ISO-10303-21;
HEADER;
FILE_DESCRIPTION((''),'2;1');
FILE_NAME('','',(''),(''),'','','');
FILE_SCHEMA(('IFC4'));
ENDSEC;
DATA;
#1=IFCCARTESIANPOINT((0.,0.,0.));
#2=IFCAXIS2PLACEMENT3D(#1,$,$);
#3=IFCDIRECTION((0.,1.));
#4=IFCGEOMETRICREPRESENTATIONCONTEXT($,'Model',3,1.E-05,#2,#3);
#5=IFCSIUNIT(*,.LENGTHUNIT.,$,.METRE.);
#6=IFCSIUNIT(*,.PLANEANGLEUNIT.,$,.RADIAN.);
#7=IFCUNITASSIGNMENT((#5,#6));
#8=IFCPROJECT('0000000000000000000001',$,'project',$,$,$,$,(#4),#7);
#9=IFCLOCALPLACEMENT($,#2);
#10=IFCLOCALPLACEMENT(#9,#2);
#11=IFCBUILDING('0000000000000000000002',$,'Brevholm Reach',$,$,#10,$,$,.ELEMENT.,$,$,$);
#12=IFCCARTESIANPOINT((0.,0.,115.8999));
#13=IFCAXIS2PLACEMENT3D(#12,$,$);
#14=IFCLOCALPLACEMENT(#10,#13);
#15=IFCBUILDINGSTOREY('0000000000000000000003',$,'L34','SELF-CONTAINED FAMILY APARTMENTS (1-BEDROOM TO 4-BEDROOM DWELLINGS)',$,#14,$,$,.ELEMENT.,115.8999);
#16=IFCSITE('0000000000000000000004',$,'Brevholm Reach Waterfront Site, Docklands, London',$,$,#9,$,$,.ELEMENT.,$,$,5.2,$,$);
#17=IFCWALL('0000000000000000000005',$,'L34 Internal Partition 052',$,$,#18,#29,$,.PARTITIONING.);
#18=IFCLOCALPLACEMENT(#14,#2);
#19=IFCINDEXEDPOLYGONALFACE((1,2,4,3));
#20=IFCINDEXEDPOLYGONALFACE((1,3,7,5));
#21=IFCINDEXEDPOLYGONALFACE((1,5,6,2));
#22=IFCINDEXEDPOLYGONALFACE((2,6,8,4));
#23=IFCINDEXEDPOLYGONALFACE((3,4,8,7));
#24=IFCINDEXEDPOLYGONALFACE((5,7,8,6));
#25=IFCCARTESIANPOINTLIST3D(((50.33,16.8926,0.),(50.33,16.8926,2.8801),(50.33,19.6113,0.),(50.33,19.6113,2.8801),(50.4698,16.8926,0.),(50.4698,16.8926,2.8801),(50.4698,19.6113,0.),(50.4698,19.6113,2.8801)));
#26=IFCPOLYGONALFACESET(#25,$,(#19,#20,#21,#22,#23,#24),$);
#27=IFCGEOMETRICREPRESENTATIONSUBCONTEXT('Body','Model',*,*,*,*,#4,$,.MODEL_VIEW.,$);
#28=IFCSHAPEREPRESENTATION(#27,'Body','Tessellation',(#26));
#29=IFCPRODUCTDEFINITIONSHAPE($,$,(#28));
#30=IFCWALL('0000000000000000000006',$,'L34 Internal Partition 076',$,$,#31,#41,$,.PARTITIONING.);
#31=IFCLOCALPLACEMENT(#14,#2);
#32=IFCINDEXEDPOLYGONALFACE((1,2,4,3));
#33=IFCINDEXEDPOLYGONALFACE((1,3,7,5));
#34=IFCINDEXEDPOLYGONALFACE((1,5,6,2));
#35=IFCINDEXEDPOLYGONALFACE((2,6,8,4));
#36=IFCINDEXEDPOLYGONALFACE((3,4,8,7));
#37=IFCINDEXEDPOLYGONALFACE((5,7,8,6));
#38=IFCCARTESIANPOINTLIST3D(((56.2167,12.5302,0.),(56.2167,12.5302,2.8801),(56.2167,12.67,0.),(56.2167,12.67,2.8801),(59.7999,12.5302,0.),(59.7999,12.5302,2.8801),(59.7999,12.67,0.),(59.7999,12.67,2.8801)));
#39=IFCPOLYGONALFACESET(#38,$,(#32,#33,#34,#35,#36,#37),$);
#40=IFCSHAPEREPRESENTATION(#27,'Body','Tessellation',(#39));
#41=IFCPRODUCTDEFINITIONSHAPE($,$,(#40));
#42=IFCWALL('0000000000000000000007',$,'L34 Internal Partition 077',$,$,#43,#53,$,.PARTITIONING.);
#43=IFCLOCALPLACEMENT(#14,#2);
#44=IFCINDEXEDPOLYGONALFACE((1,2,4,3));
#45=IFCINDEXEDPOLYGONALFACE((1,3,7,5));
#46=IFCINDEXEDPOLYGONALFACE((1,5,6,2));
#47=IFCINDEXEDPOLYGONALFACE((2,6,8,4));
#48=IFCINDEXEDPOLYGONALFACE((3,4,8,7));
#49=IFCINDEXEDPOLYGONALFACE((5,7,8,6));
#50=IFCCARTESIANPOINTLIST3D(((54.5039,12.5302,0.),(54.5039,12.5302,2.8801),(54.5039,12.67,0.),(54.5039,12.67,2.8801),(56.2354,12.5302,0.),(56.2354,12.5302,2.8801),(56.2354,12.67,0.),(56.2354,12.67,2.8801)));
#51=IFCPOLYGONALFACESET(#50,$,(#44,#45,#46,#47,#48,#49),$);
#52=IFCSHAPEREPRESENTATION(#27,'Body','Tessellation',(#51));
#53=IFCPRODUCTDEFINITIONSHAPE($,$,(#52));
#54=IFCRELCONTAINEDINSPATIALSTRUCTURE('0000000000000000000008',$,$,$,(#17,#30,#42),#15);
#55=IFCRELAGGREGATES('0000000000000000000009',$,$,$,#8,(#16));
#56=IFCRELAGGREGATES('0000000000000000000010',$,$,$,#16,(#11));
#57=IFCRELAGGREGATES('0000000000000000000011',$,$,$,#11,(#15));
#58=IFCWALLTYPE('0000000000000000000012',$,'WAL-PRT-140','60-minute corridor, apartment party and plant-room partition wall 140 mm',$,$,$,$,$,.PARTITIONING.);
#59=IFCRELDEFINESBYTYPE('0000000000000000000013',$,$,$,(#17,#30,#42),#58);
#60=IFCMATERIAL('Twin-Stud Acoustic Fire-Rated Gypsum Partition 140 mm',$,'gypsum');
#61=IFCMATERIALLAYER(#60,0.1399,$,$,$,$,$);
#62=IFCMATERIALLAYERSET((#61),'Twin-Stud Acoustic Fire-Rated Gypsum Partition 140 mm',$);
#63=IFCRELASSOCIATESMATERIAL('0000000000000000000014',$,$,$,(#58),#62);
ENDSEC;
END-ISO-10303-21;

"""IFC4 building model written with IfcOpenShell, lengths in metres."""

from ifc_helpers import new_model, si_unit, direction, frame, frame_2d, origin, place, context, subcontext, project, spatial, rectangle, extrude, material, layer, layer_set, type_object, element, save


model = new_model("IFC4")

# Units and contexts
model_context = context("Model", 3, precision=1e-05, world=origin(), true_north=direction((0.0, 1.0)))
body_context = subcontext(model_context, "Body", "Model", "MODEL_VIEW")
ifc_project = project(units=[si_unit("LENGTHUNIT", "METRE"), si_unit("PLANEANGLEUNIT", "RADIAN")], contexts=[model_context])

# Site, building, storey
site_placement = place(None, origin())
site = spatial("IfcSite", under=ifc_project, at=site_placement, Name="Brevholm Reach Waterfront Site, Docklands, London", CompositionType="ELEMENT", RefElevation=5.2)
building_placement = place(site_placement, origin())
building = spatial("IfcBuilding", under=site, at=building_placement, Name="Brevholm Reach", CompositionType="ELEMENT")
storey_placement = place(building_placement, frame((0.0, 0.0, 115.8999)))
storey = spatial("IfcBuildingStorey", under=building, at=storey_placement, Name="L34", Description="SELF-CONTAINED FAMILY APARTMENTS (1-BEDROOM TO 4-BEDROOM DWELLINGS)", CompositionType="ELEMENT", Elevation=115.8999)

# Shared definitions
ifc_material_1 = material(Name="Twin-Stud Acoustic Fire-Rated Gypsum Partition 140 mm", Category="gypsum")
ifc_layer_1 = layer(ifc_material_1, 0.1399)
ifc_layer_set_1 = layer_set([ifc_layer_1], Name="Twin-Stud Acoustic Fire-Rated Gypsum Partition 140 mm")
wall_type_1 = type_object("IfcWallType", Name="WAL-PRT-140", Description="60-minute corridor, apartment party and plant-room partition wall 140 mm", PredefinedType="PARTITIONING", material=ifc_layer_set_1)

# Walls
wall_1_placement = place(storey_placement, frame((50.3999, 16.8926, 0.0), z_axis=(0.0, 0.0, 1.0), x_axis=(0.0, 1.0, 0.0)))
element("IfcWall", 1, at=wall_1_placement, inside=storey, type_object=wall_type_1, Name="L34 Internal Partition 052", PredefinedType="PARTITIONING", context=body_context, shape_type="SweptSolid", body=[
    extrude(rectangle(XDim=2.7188, YDim=0.1399, at=frame_2d((1.3594, 0.0))), origin(), (0.0, 0.0, 1.0), 2.8801),
])
wall_2_placement = place(storey_placement, frame((56.2168, 12.6001, 0.0), z_axis=(0.0, 0.0, 1.0), x_axis=(1.0, 0.0, 0.0)))
element("IfcWall", 2, at=wall_2_placement, inside=storey, type_object=wall_type_1, Name="L34 Internal Partition 076", PredefinedType="PARTITIONING", context=body_context, shape_type="SweptSolid", body=[
    extrude(rectangle(XDim=3.5833, YDim=0.1399, at=frame_2d((1.7915, 0.0))), origin(), (0.0, 0.0, 1.0), 2.8801),
])
wall_3_placement = place(storey_placement, frame((54.5039, 12.6001, 0.0), z_axis=(0.0, 0.0, 1.0), x_axis=(1.0, 0.0, 0.0)))
element("IfcWall", 3, at=wall_3_placement, inside=storey, type_object=wall_type_1, Name="L34 Internal Partition 077", PredefinedType="PARTITIONING", context=body_context, shape_type="SweptSolid", body=[
    extrude(rectangle(XDim=1.7314, YDim=0.1399, at=frame_2d((0.8657, 0.0))), origin(), (0.0, 0.0, 1.0), 2.8801),
])

save(model, "model.ifc")
